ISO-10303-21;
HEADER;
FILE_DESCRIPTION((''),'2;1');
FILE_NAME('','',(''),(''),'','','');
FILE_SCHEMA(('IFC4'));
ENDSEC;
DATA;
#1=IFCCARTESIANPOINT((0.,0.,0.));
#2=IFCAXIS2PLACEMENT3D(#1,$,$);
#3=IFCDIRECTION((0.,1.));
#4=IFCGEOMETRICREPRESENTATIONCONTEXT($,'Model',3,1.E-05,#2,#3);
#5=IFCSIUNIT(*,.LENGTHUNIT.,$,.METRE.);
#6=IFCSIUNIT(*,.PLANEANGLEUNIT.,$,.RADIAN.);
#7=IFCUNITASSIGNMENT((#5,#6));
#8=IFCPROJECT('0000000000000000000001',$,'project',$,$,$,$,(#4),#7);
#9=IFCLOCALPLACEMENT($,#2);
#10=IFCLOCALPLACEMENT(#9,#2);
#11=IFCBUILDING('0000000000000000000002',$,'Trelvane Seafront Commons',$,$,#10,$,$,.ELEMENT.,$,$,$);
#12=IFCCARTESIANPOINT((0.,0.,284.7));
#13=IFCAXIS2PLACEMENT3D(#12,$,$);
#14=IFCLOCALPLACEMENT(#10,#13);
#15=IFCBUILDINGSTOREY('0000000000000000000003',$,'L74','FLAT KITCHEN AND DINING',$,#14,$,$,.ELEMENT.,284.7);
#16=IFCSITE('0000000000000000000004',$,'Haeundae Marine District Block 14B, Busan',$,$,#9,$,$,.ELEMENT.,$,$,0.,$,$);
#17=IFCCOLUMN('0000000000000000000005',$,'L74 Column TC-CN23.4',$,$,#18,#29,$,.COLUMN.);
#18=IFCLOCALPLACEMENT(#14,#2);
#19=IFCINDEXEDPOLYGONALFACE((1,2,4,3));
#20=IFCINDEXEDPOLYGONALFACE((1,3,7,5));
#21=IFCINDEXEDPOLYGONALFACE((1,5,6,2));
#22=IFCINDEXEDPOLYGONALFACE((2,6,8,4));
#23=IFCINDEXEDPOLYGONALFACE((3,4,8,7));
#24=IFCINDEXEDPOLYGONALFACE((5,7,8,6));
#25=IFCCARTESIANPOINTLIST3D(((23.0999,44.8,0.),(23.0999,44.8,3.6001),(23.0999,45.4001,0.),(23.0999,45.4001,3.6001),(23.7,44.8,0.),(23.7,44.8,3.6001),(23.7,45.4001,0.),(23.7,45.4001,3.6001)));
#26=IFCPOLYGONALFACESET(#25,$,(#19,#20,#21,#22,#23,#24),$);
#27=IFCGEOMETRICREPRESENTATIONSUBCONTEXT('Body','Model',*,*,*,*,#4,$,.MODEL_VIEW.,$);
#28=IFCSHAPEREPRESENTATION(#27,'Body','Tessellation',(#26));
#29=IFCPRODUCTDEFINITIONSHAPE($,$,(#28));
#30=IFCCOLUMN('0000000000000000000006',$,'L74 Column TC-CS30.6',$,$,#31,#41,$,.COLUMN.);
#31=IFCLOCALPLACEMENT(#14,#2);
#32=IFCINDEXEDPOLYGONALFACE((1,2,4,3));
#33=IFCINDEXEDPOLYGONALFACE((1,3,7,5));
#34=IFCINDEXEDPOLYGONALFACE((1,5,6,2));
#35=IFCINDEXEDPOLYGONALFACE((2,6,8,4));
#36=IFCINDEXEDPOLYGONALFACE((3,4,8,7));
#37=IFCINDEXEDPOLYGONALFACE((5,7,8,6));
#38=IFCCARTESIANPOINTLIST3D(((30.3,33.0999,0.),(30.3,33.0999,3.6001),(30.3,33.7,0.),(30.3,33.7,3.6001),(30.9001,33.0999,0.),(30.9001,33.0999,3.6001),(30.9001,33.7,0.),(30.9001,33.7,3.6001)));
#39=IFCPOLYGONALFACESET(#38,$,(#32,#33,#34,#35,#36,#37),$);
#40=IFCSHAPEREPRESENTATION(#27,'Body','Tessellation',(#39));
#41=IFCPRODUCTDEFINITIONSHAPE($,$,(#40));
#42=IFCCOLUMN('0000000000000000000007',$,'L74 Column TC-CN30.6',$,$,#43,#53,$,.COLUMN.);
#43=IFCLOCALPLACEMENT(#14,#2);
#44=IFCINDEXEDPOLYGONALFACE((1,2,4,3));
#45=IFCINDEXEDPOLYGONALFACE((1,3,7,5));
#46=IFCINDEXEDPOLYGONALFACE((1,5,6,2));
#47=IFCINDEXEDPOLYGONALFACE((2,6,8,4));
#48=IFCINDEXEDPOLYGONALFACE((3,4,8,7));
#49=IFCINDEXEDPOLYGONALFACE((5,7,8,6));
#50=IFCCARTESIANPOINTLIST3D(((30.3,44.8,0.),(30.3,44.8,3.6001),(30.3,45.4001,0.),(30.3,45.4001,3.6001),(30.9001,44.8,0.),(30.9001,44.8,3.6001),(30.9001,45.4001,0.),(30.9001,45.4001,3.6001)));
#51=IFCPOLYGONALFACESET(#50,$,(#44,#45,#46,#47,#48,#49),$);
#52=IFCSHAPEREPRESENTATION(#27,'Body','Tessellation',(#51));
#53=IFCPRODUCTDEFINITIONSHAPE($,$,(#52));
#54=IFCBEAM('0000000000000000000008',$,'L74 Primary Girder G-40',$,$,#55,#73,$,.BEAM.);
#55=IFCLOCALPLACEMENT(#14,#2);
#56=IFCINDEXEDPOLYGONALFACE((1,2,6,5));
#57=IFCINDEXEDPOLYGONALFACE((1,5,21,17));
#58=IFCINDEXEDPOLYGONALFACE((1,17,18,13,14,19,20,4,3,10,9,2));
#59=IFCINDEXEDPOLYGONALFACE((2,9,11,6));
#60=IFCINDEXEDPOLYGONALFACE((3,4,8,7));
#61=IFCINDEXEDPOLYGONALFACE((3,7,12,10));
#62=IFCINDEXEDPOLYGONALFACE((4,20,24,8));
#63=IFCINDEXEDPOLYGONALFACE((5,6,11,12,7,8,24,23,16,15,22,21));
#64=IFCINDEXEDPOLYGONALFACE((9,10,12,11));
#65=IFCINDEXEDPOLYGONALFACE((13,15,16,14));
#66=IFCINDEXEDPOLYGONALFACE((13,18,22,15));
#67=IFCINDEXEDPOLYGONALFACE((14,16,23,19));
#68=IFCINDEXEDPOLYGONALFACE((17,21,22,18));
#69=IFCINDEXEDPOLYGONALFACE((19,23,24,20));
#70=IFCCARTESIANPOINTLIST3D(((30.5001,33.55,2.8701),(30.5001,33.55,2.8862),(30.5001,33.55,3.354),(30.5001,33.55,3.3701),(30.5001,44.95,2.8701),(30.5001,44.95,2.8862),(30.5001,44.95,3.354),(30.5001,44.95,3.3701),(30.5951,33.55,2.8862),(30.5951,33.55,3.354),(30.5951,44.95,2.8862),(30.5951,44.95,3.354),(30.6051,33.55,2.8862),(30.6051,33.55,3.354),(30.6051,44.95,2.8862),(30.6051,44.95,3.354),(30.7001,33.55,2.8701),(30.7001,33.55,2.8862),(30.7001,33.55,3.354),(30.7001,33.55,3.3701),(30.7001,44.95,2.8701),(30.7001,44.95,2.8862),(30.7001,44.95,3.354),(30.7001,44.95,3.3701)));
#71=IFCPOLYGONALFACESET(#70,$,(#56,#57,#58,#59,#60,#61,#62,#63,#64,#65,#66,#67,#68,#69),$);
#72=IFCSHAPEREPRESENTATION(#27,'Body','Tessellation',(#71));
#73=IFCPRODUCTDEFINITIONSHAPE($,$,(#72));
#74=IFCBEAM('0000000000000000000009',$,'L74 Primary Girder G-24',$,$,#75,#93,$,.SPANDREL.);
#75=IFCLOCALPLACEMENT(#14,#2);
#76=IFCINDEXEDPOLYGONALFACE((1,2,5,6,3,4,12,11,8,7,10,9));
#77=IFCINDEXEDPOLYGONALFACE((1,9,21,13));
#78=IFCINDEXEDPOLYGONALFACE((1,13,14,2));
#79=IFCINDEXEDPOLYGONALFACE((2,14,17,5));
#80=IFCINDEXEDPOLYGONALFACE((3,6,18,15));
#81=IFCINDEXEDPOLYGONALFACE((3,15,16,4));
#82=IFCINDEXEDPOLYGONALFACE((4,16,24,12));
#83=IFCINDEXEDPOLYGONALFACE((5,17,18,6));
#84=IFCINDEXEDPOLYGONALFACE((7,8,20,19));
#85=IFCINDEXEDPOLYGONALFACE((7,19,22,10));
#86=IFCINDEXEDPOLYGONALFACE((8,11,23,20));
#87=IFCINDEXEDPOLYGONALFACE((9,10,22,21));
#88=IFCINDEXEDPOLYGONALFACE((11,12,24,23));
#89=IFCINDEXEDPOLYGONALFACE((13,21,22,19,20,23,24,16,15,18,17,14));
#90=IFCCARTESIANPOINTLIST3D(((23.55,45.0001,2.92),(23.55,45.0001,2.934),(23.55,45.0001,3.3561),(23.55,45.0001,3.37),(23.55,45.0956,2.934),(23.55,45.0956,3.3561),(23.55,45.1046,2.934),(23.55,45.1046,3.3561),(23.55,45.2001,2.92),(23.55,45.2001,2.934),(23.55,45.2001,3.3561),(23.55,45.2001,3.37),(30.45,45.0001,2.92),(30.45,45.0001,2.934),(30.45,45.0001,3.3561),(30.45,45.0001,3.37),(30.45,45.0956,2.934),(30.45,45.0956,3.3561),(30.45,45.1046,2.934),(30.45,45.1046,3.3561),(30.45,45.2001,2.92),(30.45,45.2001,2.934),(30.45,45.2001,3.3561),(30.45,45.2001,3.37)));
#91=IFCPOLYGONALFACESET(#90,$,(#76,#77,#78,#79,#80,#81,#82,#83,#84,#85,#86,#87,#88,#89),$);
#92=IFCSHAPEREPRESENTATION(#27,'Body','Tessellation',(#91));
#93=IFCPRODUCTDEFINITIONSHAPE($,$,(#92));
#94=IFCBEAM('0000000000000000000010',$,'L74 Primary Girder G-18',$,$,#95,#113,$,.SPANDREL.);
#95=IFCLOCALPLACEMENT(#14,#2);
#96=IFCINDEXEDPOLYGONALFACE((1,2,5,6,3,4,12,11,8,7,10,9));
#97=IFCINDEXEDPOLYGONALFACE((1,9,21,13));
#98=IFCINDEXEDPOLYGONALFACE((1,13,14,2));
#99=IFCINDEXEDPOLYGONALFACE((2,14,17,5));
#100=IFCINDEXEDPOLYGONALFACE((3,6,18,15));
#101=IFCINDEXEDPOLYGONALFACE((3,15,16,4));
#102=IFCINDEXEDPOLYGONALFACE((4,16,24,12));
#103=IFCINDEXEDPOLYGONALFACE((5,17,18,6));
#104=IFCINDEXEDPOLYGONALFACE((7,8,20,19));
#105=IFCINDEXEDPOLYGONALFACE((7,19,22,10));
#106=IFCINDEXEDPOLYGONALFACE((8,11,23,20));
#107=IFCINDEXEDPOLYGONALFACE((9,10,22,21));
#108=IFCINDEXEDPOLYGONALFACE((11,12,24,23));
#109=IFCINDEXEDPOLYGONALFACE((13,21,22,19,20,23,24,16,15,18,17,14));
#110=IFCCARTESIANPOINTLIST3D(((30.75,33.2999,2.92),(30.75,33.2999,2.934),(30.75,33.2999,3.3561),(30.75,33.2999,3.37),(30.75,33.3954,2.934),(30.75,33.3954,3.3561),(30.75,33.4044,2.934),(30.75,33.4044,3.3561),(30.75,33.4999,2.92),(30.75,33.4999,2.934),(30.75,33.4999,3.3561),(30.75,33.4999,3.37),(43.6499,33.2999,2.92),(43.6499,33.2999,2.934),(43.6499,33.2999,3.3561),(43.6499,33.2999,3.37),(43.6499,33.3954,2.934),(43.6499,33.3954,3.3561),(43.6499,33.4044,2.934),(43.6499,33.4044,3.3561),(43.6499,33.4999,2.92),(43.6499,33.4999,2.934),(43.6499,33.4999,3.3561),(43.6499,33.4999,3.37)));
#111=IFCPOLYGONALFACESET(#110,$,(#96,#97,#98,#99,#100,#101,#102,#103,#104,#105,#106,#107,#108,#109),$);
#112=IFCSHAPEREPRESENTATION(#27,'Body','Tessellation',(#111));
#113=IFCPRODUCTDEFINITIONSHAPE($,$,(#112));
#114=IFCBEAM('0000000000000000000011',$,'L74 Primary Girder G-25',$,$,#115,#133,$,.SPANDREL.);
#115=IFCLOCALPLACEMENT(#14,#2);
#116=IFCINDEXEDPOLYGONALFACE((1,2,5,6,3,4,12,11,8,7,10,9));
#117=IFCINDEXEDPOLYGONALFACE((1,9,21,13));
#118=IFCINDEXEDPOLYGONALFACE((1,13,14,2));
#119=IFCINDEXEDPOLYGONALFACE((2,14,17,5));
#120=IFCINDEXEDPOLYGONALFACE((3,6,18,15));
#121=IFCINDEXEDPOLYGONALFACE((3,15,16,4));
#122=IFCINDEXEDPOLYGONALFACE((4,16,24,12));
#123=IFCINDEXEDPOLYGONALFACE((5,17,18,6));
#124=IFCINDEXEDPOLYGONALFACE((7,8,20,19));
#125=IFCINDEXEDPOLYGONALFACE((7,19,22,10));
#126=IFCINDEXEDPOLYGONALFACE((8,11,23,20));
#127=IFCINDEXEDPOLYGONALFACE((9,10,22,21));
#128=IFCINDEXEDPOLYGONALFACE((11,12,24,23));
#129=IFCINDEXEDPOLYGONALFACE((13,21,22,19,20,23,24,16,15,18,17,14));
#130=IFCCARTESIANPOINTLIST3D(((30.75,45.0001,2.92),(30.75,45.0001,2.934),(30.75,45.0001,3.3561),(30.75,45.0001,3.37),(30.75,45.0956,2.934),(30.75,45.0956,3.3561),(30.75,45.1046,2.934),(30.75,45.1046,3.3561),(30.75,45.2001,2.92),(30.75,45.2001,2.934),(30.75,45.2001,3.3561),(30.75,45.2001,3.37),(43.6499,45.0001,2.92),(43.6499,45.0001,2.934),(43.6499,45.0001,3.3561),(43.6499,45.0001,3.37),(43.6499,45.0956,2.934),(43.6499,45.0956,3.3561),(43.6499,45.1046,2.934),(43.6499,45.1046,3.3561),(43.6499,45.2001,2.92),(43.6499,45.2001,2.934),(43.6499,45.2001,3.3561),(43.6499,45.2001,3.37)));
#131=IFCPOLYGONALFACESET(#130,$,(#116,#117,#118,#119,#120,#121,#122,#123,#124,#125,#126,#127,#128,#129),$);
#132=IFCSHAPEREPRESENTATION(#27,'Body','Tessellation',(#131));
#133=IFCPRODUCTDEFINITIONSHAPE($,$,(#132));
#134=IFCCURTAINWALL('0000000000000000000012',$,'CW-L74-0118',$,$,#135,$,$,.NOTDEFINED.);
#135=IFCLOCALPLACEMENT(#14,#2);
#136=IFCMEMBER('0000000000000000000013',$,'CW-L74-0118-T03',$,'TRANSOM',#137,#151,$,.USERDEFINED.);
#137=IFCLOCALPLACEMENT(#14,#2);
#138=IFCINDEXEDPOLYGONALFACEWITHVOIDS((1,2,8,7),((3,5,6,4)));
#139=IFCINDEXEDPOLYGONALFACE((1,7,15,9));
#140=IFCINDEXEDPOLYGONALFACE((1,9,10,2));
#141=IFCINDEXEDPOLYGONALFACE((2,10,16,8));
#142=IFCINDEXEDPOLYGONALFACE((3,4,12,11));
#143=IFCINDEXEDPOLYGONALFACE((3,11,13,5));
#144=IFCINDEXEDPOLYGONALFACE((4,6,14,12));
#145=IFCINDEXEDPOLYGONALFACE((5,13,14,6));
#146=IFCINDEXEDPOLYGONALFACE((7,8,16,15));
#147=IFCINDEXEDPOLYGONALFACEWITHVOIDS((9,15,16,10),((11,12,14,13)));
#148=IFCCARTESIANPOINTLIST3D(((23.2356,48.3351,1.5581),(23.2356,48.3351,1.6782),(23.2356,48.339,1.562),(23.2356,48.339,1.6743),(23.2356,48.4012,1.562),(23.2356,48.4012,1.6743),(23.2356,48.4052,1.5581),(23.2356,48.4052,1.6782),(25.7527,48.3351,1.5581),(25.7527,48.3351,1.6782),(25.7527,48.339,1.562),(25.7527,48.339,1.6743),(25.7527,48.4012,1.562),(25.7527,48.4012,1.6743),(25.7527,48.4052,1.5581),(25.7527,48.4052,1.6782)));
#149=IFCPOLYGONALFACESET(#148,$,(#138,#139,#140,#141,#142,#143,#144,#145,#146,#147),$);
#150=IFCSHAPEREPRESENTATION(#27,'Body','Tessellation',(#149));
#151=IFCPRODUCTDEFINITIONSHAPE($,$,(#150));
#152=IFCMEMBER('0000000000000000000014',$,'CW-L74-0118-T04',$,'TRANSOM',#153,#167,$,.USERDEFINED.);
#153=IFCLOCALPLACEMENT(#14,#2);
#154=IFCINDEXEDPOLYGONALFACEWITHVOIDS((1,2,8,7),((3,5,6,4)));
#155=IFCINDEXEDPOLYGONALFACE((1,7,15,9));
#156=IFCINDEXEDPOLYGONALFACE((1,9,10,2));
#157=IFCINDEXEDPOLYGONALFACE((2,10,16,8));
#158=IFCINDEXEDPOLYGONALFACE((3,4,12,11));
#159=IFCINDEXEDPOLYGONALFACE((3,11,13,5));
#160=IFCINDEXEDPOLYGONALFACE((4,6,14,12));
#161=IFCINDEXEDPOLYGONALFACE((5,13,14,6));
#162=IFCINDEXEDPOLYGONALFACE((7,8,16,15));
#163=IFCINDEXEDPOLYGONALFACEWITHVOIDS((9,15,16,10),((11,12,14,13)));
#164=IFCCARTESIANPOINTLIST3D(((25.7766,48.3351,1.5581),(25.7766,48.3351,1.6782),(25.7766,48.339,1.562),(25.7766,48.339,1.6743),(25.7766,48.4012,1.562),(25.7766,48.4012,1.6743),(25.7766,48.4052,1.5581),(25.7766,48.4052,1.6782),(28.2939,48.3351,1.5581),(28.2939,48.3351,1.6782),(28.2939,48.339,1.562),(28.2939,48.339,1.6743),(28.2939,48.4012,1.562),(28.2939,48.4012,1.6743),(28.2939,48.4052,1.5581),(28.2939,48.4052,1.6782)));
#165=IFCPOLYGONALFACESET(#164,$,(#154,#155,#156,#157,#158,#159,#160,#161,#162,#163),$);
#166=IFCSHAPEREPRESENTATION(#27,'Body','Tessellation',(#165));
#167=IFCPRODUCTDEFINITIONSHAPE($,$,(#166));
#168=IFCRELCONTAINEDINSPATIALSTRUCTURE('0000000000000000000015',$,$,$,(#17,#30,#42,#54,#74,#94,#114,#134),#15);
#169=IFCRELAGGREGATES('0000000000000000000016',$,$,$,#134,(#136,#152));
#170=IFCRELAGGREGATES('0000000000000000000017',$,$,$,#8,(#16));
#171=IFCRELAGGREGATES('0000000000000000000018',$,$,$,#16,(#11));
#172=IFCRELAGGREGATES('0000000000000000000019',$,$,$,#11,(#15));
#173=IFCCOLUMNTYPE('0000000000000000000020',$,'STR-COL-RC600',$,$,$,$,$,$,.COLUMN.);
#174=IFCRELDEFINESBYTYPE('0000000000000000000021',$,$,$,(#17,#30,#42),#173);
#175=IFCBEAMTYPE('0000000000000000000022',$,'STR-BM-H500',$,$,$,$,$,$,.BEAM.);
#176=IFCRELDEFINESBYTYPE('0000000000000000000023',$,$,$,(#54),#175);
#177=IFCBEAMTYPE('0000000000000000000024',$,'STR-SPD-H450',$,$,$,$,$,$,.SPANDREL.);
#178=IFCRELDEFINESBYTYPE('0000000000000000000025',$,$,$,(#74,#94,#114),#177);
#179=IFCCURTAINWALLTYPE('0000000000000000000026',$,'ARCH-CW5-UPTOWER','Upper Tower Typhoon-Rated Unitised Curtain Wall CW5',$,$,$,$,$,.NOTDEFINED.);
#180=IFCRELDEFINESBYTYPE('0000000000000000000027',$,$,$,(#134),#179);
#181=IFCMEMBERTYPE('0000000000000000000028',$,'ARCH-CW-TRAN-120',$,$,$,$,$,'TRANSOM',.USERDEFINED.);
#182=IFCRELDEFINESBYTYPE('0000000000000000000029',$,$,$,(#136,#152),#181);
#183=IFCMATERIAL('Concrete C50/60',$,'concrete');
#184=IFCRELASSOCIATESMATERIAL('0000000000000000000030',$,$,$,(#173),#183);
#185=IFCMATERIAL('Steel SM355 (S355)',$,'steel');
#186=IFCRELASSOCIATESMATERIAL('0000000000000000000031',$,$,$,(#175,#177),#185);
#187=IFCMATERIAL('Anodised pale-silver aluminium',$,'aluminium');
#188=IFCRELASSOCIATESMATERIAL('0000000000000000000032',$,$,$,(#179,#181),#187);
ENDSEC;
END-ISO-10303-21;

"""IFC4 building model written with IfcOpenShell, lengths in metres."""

from ifc_helpers import new_model, si_unit, direction, frame, origin, origin_2d, place, context, subcontext, project, spatial, rectangle, hollow_rectangle, i_section, extrude, source, transform, mapped, material, material_profile, profile_set, type_object, element, aggregate, save


model = new_model("IFC4")

# Units and contexts
model_context = context("Model", 3, precision=1e-05, world=origin(), true_north=direction((0.0, 1.0)))
body_context = subcontext(model_context, "Body", "Model", "MODEL_VIEW")
ifc_project = project(units=[si_unit("LENGTHUNIT", "METRE"), si_unit("PLANEANGLEUNIT", "RADIAN")], contexts=[model_context])

# Site, building, storey
site_placement = place(None, origin())
site = spatial("IfcSite", under=ifc_project, at=site_placement, Name="Haeundae Marine District Block 14B, Busan", CompositionType="ELEMENT", RefElevation=0.0)
building_placement = place(site_placement, origin())
building = spatial("IfcBuilding", under=site, at=building_placement, Name="Trelvane Seafront Commons", CompositionType="ELEMENT")
storey_placement = place(building_placement, frame((0.0, 0.0, 284.7)))
storey = spatial("IfcBuildingStorey", under=building, at=storey_placement, Name="L74", Description="FLAT KITCHEN AND DINING", CompositionType="ELEMENT", Elevation=284.7)

# Columns
ifc_material_1 = material(Name="Concrete C50/60", Category="concrete")
ifc_material_profile_1 = material_profile(ifc_material_1, rectangle(XDim=0.6001, YDim=0.6001, at=origin_2d()), Name="RC-600x600")
ifc_profile_set_1 = profile_set([ifc_material_profile_1], Name="Concrete C50/60")
column_type = type_object("IfcColumnType", Name="STR-COL-RC600", PredefinedType="COLUMN", material=ifc_profile_set_1)
shared_shape_1 = source(origin(), body_context, "Body", "SweptSolid", [
    extrude(rectangle(XDim=0.6001, YDim=0.6001, at=origin_2d()), origin(), (0.0, 0.0, 1.0), 3.6001),
])
for number, where, z_axis, x_axis, name in (
    (1, (23.3999, 45.1001, 0.0), (0.0, 0.0, 1.0), (1.0, 0.0, 0.0), "L74 Column TC-CN23.4"),
    (2, (30.6001, 33.3999, 0.0), (0.0, 0.0, 1.0), (1.0, 0.0, 0.0), "L74 Column TC-CS30.6"),
    (3, (30.6001, 45.1001, 0.0), (0.0, 0.0, 1.0), (1.0, 0.0, 0.0), "L74 Column TC-CN30.6"),
):
    element("IfcColumn", number, at=place(storey_placement, frame(where, z_axis=z_axis, x_axis=x_axis)), inside=storey, type_object=column_type, Name=name, PredefinedType="COLUMN", context=body_context, shape_type="MappedRepresentation", body=[
        mapped(shared_shape_1, transform((0.0, 0.0, 0.0), x_axis=(1.0, 0.0, 0.0), y_axis=(0.0, 1.0, 0.0), z_axis=(0.0, 0.0, 1.0), scale=1.0)),
    ])

# Beams
ifc_material_2 = material(Name="Steel SM355 (S355)", Category="steel")
ifc_material_profile_2 = material_profile(ifc_material_2, i_section(OverallWidth=0.2, OverallDepth=0.5, WebThickness=0.01, FlangeThickness=0.0161, at=origin_2d()), Name="H-500x200x10x16")
ifc_profile_set_2 = profile_set([ifc_material_profile_2], Name="Steel SM355 (S355)")
beam_type_1 = type_object("IfcBeamType", Name="STR-BM-H500", PredefinedType="BEAM", material=ifc_profile_set_2)
shared_shape_2 = source(origin(), body_context, "Body", "SweptSolid", [
    extrude(i_section(OverallWidth=0.2, OverallDepth=0.5, WebThickness=0.01, FlangeThickness=0.0161, at=origin_2d()), origin(), (0.0, 0.0, 1.0), 11.3999),
])
beam_1_placement = place(storey_placement, frame((30.6001, 33.55, 3.1201), z_axis=(0.0, 1.0, 0.0), x_axis=(-1.0, 0.0, 0.0)))
element("IfcBeam", 4, at=beam_1_placement, inside=storey, type_object=beam_type_1, Name="L74 Primary Girder G-40", PredefinedType="BEAM", context=body_context, shape_type="MappedRepresentation", body=[
    mapped(shared_shape_2, transform((0.0, 0.0, 0.0), x_axis=(1.0, 0.0, 0.0), y_axis=(0.0, 1.0, 0.0), z_axis=(0.0, 0.0, 1.0), scale=1.0)),
])
ifc_material_profile_3 = material_profile(ifc_material_2, i_section(OverallWidth=0.2, OverallDepth=0.45, WebThickness=0.009, FlangeThickness=0.0139, at=origin_2d()), Name="H-450x200x9x14")
ifc_profile_set_3 = profile_set([ifc_material_profile_3], Name="Steel SM355 (S355)")
beam_type_2 = type_object("IfcBeamType", Name="STR-SPD-H450", PredefinedType="SPANDREL", material=ifc_profile_set_3)
shared_shape_3 = source(origin(), body_context, "Body", "SweptSolid", [
    extrude(i_section(OverallWidth=0.2, OverallDepth=0.45, WebThickness=0.009, FlangeThickness=0.0139, at=origin_2d()), origin(), (0.0, 0.0, 1.0), 6.8999),
])
beam_2_placement = place(storey_placement, frame((23.55, 45.1001, 3.145), z_axis=(1.0, 0.0, 0.0), x_axis=(0.0, 1.0, 0.0)))
element("IfcBeam", 5, at=beam_2_placement, inside=storey, type_object=beam_type_2, Name="L74 Primary Girder G-24", PredefinedType="SPANDREL", context=body_context, shape_type="MappedRepresentation", body=[
    mapped(shared_shape_3, transform((0.0, 0.0, 0.0), x_axis=(1.0, 0.0, 0.0), y_axis=(0.0, 1.0, 0.0), z_axis=(0.0, 0.0, 1.0), scale=1.0)),
])
shared_shape_4 = source(origin(), body_context, "Body", "SweptSolid", [
    extrude(i_section(OverallWidth=0.2, OverallDepth=0.45, WebThickness=0.009, FlangeThickness=0.0139, at=origin_2d()), origin(), (0.0, 0.0, 1.0), 12.8999),
])
for number, where, z_axis, x_axis, name in (
    (6, (30.75, 33.3999, 3.145), (1.0, 0.0, 0.0), (0.0, 1.0, 0.0), "L74 Primary Girder G-18"),
    (7, (30.75, 45.1001, 3.145), (1.0, 0.0, 0.0), (0.0, 1.0, 0.0), "L74 Primary Girder G-25"),
):
    element("IfcBeam", number, at=place(storey_placement, frame(where, z_axis=z_axis, x_axis=x_axis)), inside=storey, type_object=beam_type_2, Name=name, PredefinedType="SPANDREL", context=body_context, shape_type="MappedRepresentation", body=[
        mapped(shared_shape_4, transform((0.0, 0.0, 0.0), x_axis=(1.0, 0.0, 0.0), y_axis=(0.0, 1.0, 0.0), z_axis=(0.0, 0.0, 1.0), scale=1.0)),
    ])

# Curtain wall, members
ifc_material_3 = material(Name="Anodised pale-silver aluminium", Category="aluminium")
curtain_wall_type = type_object("IfcCurtainWallType", Name="ARCH-CW5-UPTOWER", Description="Upper Tower Typhoon-Rated Unitised Curtain Wall CW5", PredefinedType="NOTDEFINED", material=ifc_material_3)
curtain_wall_placement = place(storey_placement, origin())
curtain_wall = element("IfcCurtainWall", 8, at=curtain_wall_placement, inside=storey, type_object=curtain_wall_type, Name="CW-L74-0118", PredefinedType="NOTDEFINED")
ifc_material_profile_4 = material_profile(ifc_material_3, hollow_rectangle(XDim=0.0701, YDim=0.1201, WallThickness=0.0039, at=origin_2d()), Name="TRAN-70x120x4")
ifc_profile_set_4 = profile_set([ifc_material_profile_4], Name="Anodised pale-silver aluminium")
member_type_1 = type_object("IfcMemberType", Name="ARCH-CW-TRAN-120", ElementType="TRANSOM", PredefinedType="USERDEFINED", material=ifc_profile_set_4)
shared_shape_5 = source(origin(), body_context, "Body", "SweptSolid", [
    extrude(hollow_rectangle(XDim=0.0701, YDim=0.1201, WallThickness=0.0039, at=origin_2d()), origin(), (0.0, 0.0, 1.0), 2.5171),
])
member_1_placement = place(storey_placement, frame((23.2356, 48.3701, 1.6182), z_axis=(1.0, 0.0, 0.0), x_axis=(0.0, 1.0, 0.0)))
member_1 = element("IfcMember", 9, at=member_1_placement, type_object=member_type_1, Name="CW-L74-0118-T03", ObjectType="TRANSOM", PredefinedType="USERDEFINED", context=body_context, shape_type="MappedRepresentation", body=[
    mapped(shared_shape_5, transform((0.0, 0.0, 0.0), x_axis=(1.0, 0.0, 0.0), y_axis=(0.0, 1.0, 0.0), z_axis=(0.0, 0.0, 1.0), scale=1.0)),
])
shared_shape_6 = source(origin(), body_context, "Body", "SweptSolid", [
    extrude(hollow_rectangle(XDim=0.0701, YDim=0.1201, WallThickness=0.0039, at=origin_2d()), origin(), (0.0, 0.0, 1.0), 2.5173),
])
member_2_placement = place(storey_placement, frame((25.7766, 48.3701, 1.6182), z_axis=(1.0, 0.0, 0.0), x_axis=(0.0, 1.0, 0.0)))
member_2 = element("IfcMember", 10, at=member_2_placement, type_object=member_type_1, Name="CW-L74-0118-T04", ObjectType="TRANSOM", PredefinedType="USERDEFINED", context=body_context, shape_type="MappedRepresentation", body=[
    mapped(shared_shape_6, transform((0.0, 0.0, 0.0), x_axis=(1.0, 0.0, 0.0), y_axis=(0.0, 1.0, 0.0), z_axis=(0.0, 0.0, 1.0), scale=1.0)),
])
aggregate(curtain_wall, [member_1, member_2])

save(model, "model.ifc")
